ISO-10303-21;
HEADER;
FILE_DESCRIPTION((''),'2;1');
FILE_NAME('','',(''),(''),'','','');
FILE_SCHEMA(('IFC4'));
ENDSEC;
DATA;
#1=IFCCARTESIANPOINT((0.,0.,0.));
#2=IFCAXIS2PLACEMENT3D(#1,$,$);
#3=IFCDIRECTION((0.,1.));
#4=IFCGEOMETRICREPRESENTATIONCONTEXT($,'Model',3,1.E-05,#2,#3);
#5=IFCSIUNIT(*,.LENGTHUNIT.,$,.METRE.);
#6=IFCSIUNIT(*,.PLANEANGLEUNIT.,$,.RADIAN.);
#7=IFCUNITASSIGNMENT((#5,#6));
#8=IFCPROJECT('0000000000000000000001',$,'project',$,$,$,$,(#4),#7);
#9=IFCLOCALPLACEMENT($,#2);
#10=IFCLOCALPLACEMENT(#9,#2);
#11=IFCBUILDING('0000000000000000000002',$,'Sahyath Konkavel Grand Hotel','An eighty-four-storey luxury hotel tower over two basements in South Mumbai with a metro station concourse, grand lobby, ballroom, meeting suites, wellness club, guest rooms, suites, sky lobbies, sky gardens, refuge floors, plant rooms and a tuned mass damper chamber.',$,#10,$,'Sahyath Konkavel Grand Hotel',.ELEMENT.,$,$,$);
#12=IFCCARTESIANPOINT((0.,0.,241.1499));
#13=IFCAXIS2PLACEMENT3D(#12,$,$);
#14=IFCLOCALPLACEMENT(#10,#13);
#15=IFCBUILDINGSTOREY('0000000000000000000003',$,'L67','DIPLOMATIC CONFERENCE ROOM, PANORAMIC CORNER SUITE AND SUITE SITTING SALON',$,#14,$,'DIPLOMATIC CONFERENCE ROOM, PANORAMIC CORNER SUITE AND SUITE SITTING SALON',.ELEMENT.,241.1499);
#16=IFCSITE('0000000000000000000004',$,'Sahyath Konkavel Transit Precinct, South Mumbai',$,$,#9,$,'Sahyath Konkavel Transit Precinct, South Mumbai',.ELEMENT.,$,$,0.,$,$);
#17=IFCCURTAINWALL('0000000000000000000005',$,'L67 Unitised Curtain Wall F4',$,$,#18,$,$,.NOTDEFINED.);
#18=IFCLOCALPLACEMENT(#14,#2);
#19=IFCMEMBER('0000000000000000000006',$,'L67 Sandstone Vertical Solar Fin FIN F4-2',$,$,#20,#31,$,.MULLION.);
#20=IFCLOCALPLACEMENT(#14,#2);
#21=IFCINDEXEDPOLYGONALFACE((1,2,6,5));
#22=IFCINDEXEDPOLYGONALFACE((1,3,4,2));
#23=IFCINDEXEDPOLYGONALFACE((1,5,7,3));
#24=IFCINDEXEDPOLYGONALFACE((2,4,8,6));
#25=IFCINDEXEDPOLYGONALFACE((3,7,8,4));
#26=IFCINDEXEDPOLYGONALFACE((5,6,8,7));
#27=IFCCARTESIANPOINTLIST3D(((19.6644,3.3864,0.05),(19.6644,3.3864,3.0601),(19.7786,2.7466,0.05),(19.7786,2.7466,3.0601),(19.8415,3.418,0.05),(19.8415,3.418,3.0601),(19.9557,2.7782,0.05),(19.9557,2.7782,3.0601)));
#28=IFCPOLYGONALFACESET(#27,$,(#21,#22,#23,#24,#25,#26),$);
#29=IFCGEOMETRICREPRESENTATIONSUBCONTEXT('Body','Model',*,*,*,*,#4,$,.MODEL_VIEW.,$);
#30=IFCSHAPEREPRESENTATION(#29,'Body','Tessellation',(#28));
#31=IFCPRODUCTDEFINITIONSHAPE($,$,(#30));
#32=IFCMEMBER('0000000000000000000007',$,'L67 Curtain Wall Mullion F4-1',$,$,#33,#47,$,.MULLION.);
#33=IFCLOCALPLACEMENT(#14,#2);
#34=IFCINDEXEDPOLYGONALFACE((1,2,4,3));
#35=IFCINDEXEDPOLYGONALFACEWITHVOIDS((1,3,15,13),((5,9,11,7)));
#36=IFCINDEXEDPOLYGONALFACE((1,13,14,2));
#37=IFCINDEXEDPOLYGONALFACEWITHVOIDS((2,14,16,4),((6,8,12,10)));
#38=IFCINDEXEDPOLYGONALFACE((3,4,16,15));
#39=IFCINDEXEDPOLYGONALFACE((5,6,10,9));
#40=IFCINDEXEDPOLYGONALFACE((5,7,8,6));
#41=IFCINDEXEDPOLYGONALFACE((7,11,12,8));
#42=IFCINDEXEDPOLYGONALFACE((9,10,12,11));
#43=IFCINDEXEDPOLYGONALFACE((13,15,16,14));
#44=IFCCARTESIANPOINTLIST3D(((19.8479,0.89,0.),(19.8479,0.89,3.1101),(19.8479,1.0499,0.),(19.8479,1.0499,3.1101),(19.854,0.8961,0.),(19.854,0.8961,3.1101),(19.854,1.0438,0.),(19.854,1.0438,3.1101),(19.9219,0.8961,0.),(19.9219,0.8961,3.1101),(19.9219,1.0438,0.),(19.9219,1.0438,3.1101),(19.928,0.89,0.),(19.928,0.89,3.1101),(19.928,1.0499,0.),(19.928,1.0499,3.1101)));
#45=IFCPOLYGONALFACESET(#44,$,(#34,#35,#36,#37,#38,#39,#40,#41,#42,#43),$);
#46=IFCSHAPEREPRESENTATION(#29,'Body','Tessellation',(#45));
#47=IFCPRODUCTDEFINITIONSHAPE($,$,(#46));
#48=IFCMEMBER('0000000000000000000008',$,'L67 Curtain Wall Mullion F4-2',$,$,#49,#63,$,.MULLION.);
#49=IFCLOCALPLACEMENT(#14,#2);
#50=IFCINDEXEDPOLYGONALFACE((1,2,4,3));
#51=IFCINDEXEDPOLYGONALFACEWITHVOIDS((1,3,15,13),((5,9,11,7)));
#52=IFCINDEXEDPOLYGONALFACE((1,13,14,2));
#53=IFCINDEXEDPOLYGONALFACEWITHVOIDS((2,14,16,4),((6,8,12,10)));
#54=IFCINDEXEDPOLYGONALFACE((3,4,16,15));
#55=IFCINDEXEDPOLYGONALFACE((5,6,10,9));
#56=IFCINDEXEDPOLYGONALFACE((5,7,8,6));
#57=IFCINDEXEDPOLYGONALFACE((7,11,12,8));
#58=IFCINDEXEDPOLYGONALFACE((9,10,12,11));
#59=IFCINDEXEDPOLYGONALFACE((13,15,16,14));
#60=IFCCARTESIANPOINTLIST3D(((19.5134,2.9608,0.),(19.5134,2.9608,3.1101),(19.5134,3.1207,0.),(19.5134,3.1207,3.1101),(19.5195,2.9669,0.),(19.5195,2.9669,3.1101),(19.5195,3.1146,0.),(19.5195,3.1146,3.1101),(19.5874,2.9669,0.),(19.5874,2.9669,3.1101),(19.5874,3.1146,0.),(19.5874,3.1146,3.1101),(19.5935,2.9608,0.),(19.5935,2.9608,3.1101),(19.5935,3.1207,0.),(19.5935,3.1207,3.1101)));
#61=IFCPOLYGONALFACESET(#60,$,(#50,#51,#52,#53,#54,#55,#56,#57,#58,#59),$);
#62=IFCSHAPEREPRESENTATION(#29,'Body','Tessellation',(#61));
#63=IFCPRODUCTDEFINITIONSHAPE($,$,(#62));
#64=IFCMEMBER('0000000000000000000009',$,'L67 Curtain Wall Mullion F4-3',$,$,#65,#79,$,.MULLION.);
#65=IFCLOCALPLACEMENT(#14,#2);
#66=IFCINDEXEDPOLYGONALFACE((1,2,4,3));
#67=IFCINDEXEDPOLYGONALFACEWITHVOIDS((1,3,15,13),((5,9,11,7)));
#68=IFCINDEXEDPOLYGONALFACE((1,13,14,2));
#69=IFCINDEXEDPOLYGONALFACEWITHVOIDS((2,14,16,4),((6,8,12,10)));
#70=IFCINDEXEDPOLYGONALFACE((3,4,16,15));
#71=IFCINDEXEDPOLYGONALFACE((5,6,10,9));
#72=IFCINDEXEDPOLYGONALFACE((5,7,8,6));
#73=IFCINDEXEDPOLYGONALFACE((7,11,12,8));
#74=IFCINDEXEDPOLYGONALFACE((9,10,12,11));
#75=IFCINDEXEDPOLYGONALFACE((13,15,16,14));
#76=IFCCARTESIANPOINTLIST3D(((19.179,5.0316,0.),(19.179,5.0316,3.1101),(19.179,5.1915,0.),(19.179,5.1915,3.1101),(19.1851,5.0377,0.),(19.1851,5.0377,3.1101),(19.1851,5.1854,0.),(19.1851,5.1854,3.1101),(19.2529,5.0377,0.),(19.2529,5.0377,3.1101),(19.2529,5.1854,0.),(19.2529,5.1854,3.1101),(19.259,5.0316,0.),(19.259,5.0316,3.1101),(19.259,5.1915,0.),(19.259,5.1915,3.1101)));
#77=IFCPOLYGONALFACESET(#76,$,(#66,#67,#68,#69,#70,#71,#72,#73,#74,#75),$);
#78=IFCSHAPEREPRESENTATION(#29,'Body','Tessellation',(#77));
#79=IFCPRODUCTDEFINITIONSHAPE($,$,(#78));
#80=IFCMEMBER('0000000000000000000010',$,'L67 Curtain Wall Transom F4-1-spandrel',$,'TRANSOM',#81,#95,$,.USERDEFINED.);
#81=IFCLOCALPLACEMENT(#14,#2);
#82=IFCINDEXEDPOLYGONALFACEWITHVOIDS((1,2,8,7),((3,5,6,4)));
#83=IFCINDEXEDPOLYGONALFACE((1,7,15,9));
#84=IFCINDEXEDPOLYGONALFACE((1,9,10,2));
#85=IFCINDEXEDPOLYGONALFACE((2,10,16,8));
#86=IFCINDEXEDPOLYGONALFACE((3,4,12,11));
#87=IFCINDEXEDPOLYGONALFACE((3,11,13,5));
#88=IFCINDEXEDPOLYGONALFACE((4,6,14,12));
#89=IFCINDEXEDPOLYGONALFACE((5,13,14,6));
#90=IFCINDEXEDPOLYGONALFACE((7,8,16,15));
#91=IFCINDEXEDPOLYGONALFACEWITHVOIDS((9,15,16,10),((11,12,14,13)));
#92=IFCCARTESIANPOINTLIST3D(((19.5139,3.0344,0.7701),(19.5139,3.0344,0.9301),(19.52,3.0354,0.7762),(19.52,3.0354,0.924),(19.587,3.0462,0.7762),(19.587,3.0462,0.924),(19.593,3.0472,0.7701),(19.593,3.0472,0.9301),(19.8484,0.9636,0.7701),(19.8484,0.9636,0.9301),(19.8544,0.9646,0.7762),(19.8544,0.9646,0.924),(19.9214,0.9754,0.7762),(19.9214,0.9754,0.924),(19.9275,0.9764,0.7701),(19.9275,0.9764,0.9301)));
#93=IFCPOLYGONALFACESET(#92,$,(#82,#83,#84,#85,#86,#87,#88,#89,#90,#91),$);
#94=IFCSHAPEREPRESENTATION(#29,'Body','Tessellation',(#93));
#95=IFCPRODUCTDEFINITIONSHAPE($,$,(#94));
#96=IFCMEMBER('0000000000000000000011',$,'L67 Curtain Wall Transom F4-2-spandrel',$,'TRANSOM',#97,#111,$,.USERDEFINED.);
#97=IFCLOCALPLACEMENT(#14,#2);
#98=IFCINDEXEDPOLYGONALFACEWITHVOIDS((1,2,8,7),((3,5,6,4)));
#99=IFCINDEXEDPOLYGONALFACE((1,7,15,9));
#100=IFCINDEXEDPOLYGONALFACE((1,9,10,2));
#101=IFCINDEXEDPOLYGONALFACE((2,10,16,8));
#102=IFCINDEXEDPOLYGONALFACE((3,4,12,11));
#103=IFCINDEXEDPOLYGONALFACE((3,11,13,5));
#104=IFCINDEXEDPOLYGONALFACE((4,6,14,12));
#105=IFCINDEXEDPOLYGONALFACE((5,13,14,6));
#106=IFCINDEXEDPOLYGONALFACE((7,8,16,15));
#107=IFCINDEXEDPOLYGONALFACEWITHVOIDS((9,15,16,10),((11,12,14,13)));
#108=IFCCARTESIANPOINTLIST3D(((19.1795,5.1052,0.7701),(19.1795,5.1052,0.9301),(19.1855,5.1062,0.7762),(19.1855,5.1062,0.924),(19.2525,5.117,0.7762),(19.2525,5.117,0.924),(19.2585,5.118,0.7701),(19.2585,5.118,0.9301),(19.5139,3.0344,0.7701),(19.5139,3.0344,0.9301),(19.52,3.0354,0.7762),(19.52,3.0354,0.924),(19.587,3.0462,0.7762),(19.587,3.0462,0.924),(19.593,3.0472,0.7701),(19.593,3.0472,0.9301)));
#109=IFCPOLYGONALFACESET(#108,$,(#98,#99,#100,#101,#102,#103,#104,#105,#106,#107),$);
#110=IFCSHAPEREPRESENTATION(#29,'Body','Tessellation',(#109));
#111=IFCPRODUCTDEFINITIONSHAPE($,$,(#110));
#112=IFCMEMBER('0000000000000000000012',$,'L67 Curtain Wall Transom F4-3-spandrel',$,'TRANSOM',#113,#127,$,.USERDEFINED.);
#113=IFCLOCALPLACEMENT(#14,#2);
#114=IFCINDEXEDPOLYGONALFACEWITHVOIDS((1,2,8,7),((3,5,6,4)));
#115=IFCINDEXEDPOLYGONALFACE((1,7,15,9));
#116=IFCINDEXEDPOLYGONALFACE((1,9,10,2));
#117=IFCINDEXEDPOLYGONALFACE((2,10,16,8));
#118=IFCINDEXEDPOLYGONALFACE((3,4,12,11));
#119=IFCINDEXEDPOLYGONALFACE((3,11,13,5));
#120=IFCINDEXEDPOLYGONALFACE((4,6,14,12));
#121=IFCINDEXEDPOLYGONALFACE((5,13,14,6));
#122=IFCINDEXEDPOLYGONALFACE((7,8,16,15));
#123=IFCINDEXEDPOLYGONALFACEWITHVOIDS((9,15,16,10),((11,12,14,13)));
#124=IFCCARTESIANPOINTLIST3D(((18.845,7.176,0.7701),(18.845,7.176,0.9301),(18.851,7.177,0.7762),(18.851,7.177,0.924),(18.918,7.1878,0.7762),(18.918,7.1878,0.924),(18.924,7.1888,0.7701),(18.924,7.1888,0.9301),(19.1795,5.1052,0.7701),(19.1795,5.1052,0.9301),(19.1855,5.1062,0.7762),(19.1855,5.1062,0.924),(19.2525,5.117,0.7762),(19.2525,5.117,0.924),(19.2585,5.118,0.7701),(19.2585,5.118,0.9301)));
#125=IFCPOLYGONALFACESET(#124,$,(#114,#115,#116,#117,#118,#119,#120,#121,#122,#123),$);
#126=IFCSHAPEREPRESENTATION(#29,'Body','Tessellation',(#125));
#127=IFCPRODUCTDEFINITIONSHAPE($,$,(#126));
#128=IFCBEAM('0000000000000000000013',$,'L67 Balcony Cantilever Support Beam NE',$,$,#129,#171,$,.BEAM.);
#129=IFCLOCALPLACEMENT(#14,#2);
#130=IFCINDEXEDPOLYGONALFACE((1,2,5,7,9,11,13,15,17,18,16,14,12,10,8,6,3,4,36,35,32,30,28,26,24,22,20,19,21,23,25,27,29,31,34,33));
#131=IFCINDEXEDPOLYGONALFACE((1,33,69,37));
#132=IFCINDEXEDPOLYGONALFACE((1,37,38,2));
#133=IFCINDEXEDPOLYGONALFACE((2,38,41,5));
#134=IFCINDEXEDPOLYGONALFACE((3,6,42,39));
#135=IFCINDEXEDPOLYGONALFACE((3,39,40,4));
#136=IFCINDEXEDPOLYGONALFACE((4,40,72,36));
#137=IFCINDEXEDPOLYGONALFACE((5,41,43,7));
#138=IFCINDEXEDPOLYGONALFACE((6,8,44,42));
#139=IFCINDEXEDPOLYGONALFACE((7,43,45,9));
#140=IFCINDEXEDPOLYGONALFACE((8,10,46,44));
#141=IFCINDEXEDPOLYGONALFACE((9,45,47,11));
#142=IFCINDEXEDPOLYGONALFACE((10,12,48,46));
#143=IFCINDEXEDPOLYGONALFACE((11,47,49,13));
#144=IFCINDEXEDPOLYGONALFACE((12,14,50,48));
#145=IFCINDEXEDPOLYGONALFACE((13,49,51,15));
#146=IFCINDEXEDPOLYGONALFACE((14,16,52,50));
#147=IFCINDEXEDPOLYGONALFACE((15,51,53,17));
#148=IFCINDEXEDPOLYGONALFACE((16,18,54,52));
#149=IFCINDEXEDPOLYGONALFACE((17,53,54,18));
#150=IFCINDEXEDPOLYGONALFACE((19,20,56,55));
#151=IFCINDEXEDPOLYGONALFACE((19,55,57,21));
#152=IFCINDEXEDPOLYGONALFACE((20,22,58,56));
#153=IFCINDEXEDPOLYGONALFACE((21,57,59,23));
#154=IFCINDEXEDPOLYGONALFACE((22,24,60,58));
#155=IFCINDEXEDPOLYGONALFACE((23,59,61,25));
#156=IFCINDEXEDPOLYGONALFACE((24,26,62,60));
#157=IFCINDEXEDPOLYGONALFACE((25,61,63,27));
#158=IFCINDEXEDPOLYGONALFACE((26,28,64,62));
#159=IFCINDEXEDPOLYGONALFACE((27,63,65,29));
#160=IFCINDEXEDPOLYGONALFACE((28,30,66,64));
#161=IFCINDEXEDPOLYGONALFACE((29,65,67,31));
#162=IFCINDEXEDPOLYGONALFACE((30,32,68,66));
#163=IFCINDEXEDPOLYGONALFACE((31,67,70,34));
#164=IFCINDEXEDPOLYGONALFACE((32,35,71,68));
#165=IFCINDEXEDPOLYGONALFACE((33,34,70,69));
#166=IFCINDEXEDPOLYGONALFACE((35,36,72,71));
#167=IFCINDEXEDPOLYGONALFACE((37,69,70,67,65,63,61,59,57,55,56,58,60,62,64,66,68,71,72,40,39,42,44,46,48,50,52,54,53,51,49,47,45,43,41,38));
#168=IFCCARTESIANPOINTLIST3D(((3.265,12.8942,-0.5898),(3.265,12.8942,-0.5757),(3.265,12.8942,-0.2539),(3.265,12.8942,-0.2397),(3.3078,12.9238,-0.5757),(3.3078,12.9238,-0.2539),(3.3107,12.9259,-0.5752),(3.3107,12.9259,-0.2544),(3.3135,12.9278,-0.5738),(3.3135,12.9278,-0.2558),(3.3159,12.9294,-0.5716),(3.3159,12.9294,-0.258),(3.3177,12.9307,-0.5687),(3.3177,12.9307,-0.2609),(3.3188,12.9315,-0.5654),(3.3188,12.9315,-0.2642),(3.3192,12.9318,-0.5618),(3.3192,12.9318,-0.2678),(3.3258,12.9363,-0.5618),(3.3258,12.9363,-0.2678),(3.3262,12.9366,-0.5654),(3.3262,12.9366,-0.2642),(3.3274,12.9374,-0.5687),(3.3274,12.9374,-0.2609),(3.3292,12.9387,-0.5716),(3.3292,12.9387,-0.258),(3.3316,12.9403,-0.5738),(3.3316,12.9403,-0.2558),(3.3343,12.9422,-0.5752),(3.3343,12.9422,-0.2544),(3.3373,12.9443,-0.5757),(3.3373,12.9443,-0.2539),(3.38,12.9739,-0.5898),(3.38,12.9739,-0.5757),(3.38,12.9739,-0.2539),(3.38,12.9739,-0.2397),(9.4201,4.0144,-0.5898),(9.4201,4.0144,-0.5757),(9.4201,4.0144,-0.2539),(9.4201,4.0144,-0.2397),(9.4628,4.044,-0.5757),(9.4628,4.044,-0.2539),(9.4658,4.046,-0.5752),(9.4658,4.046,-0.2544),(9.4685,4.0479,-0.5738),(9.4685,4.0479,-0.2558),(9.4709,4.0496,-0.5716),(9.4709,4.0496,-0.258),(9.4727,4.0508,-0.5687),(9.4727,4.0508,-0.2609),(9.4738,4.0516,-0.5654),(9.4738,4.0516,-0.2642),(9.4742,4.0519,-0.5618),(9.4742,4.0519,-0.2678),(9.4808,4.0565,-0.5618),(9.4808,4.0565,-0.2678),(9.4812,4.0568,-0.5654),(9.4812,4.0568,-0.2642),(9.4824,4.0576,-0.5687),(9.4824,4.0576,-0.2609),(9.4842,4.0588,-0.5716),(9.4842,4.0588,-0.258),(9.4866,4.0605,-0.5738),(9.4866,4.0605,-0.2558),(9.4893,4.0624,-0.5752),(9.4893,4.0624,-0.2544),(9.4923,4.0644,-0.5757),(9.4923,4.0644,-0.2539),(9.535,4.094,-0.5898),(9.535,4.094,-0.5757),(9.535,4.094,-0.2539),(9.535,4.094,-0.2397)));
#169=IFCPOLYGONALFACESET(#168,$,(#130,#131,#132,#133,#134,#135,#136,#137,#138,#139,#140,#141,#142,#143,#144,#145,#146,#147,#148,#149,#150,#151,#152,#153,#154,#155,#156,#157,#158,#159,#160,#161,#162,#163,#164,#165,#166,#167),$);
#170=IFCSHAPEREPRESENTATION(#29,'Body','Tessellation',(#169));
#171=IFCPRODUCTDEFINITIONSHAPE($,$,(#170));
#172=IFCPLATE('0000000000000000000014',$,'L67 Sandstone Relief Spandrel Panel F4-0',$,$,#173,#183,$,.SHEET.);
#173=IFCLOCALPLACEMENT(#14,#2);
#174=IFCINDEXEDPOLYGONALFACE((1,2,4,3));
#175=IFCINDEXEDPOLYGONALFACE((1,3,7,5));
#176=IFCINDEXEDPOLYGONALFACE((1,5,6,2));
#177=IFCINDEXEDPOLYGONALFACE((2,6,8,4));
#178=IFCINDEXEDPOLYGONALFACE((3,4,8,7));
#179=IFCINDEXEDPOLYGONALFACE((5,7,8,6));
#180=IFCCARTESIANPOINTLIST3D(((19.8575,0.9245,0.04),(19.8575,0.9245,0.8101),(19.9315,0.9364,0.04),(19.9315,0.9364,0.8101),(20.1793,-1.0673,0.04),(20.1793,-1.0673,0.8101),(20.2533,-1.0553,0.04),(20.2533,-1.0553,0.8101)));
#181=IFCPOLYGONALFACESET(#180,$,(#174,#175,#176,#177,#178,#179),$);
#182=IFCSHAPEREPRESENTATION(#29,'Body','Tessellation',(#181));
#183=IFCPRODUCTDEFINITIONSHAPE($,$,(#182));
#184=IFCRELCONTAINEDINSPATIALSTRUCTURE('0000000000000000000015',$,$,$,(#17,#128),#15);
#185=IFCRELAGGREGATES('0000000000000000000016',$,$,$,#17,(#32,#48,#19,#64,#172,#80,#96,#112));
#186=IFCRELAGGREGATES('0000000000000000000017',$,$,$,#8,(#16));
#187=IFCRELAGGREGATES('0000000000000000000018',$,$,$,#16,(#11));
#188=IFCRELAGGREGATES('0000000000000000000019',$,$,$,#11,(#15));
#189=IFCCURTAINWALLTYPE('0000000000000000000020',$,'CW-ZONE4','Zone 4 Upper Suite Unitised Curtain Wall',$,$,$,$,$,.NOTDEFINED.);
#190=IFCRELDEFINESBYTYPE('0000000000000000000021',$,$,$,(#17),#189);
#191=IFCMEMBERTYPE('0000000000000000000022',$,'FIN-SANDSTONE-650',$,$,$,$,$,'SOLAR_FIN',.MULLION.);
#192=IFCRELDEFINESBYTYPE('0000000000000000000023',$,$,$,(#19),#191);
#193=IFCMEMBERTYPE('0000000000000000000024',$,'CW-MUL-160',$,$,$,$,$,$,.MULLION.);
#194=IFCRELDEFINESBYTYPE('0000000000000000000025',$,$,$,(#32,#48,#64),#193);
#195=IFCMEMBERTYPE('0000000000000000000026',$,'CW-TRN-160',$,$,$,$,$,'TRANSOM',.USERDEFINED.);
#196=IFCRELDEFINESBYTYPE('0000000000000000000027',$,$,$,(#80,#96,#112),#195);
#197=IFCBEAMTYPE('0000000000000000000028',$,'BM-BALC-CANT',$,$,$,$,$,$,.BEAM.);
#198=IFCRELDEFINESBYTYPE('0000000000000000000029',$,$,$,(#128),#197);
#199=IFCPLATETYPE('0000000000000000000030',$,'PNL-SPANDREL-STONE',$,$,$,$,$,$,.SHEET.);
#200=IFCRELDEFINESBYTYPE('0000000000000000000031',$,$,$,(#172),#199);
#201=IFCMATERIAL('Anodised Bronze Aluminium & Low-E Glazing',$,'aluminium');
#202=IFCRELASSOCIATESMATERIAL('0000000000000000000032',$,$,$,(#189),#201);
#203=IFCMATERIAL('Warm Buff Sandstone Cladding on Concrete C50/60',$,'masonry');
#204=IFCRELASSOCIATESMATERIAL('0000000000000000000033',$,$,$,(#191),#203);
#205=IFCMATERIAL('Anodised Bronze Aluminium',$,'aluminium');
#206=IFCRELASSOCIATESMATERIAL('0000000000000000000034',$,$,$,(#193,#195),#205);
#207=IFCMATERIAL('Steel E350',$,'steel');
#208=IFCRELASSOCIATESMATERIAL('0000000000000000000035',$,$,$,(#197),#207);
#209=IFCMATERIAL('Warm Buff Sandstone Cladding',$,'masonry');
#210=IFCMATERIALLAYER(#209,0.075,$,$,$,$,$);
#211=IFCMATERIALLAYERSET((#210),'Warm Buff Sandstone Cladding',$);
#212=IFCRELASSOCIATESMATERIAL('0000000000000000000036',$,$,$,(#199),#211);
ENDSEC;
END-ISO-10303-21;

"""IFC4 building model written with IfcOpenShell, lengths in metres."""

from ifc_helpers import new_model, si_unit, direction, frame, origin, origin_2d, place, context, subcontext, project, spatial, rectangle, hollow_rectangle, i_section, extrude, source, transform, mapped, material, layer, layer_set, material_profile, profile_set, type_object, element, aggregate, save


model = new_model("IFC4")

# Units and contexts
model_context = context("Model", 3, precision=1e-05, world=origin(), true_north=direction((0.0, 1.0)))
body_context = subcontext(model_context, "Body", "Model", "MODEL_VIEW")
ifc_project = project(units=[si_unit("LENGTHUNIT", "METRE"), si_unit("PLANEANGLEUNIT", "RADIAN")], contexts=[model_context])

# Site, building, storey
site_placement = place(None, origin())
site = spatial("IfcSite", under=ifc_project, at=site_placement, Name="Sahyath Konkavel Transit Precinct, South Mumbai", LongName="Sahyath Konkavel Transit Precinct, South Mumbai", CompositionType="ELEMENT", RefElevation=0.0)
building_placement = place(site_placement, origin())
building = spatial("IfcBuilding", under=site, at=building_placement, Name="Sahyath Konkavel Grand Hotel", Description="An eighty-four-storey luxury hotel tower over two basements in South Mumbai with a metro station concourse, grand lobby, ballroom, meeting suites, wellness club, guest rooms, suites, sky lobbies, sky gardens, refuge floors, plant rooms and a tuned mass damper chamber.", LongName="Sahyath Konkavel Grand Hotel", CompositionType="ELEMENT")
storey_placement = place(building_placement, frame((0.0, 0.0, 241.1499)))
storey = spatial("IfcBuildingStorey", under=building, at=storey_placement, Name="L67", Description="DIPLOMATIC CONFERENCE ROOM, PANORAMIC CORNER SUITE AND SUITE SITTING SALON", LongName="DIPLOMATIC CONFERENCE ROOM, PANORAMIC CORNER SUITE AND SUITE SITTING SALON", CompositionType="ELEMENT", Elevation=241.1499)

# Curtain wall, members
ifc_material_1 = material(Name="Anodised Bronze Aluminium & Low-E Glazing", Category="aluminium")
curtain_wall_type = type_object("IfcCurtainWallType", Name="CW-ZONE4", Description="Zone 4 Upper Suite Unitised Curtain Wall", PredefinedType="NOTDEFINED", material=ifc_material_1)
curtain_wall_1_placement = place(storey_placement, origin())
curtain_wall_1 = element("IfcCurtainWall", 1, at=curtain_wall_1_placement, inside=storey, type_object=curtain_wall_type, Name="L67 Unitised Curtain Wall F4", PredefinedType="NOTDEFINED")
ifc_material_2 = material(Name="Warm Buff Sandstone Cladding on Concrete C50/60", Category="masonry")
ifc_material_profile_1 = material_profile(ifc_material_2, rectangle(XDim=0.1799, YDim=0.6499, at=origin_2d()), Name="FIN 180x650")
ifc_profile_set_1 = profile_set([ifc_material_profile_1], Name="Warm Buff Sandstone Cladding on Concrete C50/60")
member_type_1 = type_object("IfcMemberType", Name="FIN-SANDSTONE-650", ElementType="SOLAR_FIN", PredefinedType="MULLION", material=ifc_profile_set_1)
shared_shape_1 = source(origin(), body_context, "Body", "SweptSolid", [
    extrude(rectangle(XDim=0.1799, YDim=0.6499, at=origin_2d()), origin(), (0.0, 0.0, 1.0), 3.01),
])
member_1_placement = place(storey_placement, frame((19.8101, 3.0823, 0.05), z_axis=(0.0, 0.0, 1.0), x_axis=(0.984442, 0.17571, 0.0)))
member_1 = element("IfcMember", 2, at=member_1_placement, type_object=member_type_1, Name="L67 Sandstone Vertical Solar Fin FIN F4-2", PredefinedType="MULLION", context=body_context, shape_type="MappedRepresentation", body=[
    mapped(shared_shape_1, transform((0.0, 0.0, 0.0), scale=1.0)),
])
ifc_material_3 = material(Name="Anodised Bronze Aluminium", Category="aluminium")
ifc_material_profile_2 = material_profile(ifc_material_3, hollow_rectangle(XDim=0.0801, YDim=0.1599, WallThickness=0.0061, at=origin_2d()), Name="RHS 160x80x6")
ifc_profile_set_2 = profile_set([ifc_material_profile_2], Name="Anodised Bronze Aluminium")
member_type_2 = type_object("IfcMemberType", Name="CW-MUL-160", PredefinedType="MULLION", material=ifc_profile_set_2)
shared_shape_2 = source(origin(), body_context, "Body", "SweptSolid", [
    extrude(hollow_rectangle(XDim=0.0801, YDim=0.1599, WallThickness=0.0061, at=origin_2d()), origin(), (0.0, 0.0, 1.0), 3.1101),
])
member_2_placement = place(storey_placement, frame((19.8879, 0.97, 0.0), z_axis=(0.0, 0.0, 1.0), x_axis=(1.0, 0.0, 0.0)))
member_2 = element("IfcMember", 3, at=member_2_placement, type_object=member_type_2, Name="L67 Curtain Wall Mullion F4-1", PredefinedType="MULLION", context=body_context, shape_type="MappedRepresentation", body=[
    mapped(shared_shape_2, transform((0.0, 0.0, 0.0), scale=1.0)),
])
member_3_placement = place(storey_placement, frame((19.5535, 3.0408, 0.0), z_axis=(0.0, 0.0, 1.0), x_axis=(1.0, 0.0, 0.0)))
member_3 = element("IfcMember", 4, at=member_3_placement, type_object=member_type_2, Name="L67 Curtain Wall Mullion F4-2", PredefinedType="MULLION", context=body_context, shape_type="MappedRepresentation", body=[
    mapped(shared_shape_2, transform((0.0, 0.0, 0.0), scale=1.0)),
])
member_4_placement = place(storey_placement, frame((19.219, 5.1116, 0.0), z_axis=(0.0, 0.0, 1.0), x_axis=(1.0, 0.0, 0.0)))
member_4 = element("IfcMember", 5, at=member_4_placement, type_object=member_type_2, Name="L67 Curtain Wall Mullion F4-3", PredefinedType="MULLION", context=body_context, shape_type="MappedRepresentation", body=[
    mapped(shared_shape_2, transform((0.0, 0.0, 0.0), scale=1.0)),
])
ifc_material_profile_3 = material_profile(ifc_material_3, hollow_rectangle(XDim=0.0801, YDim=0.1599, WallThickness=0.0061, at=origin_2d()), Name="RHS 160x80x6")
ifc_profile_set_3 = profile_set([ifc_material_profile_3], Name="Anodised Bronze Aluminium")
member_type_3 = type_object("IfcMemberType", Name="CW-TRN-160", ElementType="TRANSOM", PredefinedType="USERDEFINED", material=ifc_profile_set_3)
shared_shape_3 = source(origin(), body_context, "Body", "SweptSolid", [
    extrude(hollow_rectangle(XDim=0.0801, YDim=0.1599, WallThickness=0.0061, at=origin_2d()), origin(), (0.0, 0.0, 1.0), 2.0977),
])
member_5_placement = place(storey_placement, frame((19.8879, 0.97, 0.8501), z_axis=(-0.159452, 0.987206, 0.0), x_axis=(-0.987206, -0.159452, 0.0)))
member_5 = element("IfcMember", 6, at=member_5_placement, type_object=member_type_3, Name="L67 Curtain Wall Transom F4-1-spandrel", ObjectType="TRANSOM", PredefinedType="USERDEFINED", context=body_context, shape_type="MappedRepresentation", body=[
    mapped(shared_shape_3, transform((0.0, 0.0, 0.0), scale=1.0)),
])
member_6_placement = place(storey_placement, frame((19.5535, 3.0408, 0.8501), z_axis=(-0.159452, 0.987206, 0.0), x_axis=(-0.987206, -0.159452, 0.0)))
member_6 = element("IfcMember", 7, at=member_6_placement, type_object=member_type_3, Name="L67 Curtain Wall Transom F4-2-spandrel", ObjectType="TRANSOM", PredefinedType="USERDEFINED", context=body_context, shape_type="MappedRepresentation", body=[
    mapped(shared_shape_3, transform((0.0, 0.0, 0.0), scale=1.0)),
])
member_7_placement = place(storey_placement, frame((19.219, 5.1116, 0.8501), z_axis=(-0.159452, 0.987206, 0.0), x_axis=(-0.987206, -0.159452, 0.0)))
member_7 = element("IfcMember", 8, at=member_7_placement, type_object=member_type_3, Name="L67 Curtain Wall Transom F4-3-spandrel", ObjectType="TRANSOM", PredefinedType="USERDEFINED", context=body_context, shape_type="MappedRepresentation", body=[
    mapped(shared_shape_3, transform((0.0, 0.0, 0.0), scale=1.0)),
])

# Beam
ifc_material_4 = material(Name="Steel E350", Category="steel")
ifc_material_profile_4 = material_profile(ifc_material_4, i_section(OverallWidth=0.1399, OverallDepth=0.3501, WebThickness=0.0081, FlangeThickness=0.0142, FilletRadius=0.0139, at=origin_2d()), Name="ISMB 350")
ifc_profile_set_4 = profile_set([ifc_material_profile_4], Name="Steel E350")
beam_type = type_object("IfcBeamType", Name="BM-BALC-CANT", PredefinedType="BEAM", material=ifc_profile_set_4)
shared_shape_4 = source(origin(), body_context, "Body", "SweptSolid", [
    extrude(i_section(OverallWidth=0.1399, OverallDepth=0.3501, WebThickness=0.0081, FlangeThickness=0.0142, FilletRadius=0.0139, at=origin_2d()), origin(), (0.0, 0.0, 1.0), 10.8044),
])
beam_placement = place(storey_placement, frame((9.4775, 4.0542, -0.4148), z_axis=(-0.569674, 0.821871, 0.0), x_axis=(-0.821871, -0.569674, 0.0)))
element("IfcBeam", 9, at=beam_placement, inside=storey, type_object=beam_type, Name="L67 Balcony Cantilever Support Beam NE", PredefinedType="BEAM", context=body_context, shape_type="MappedRepresentation", body=[
    mapped(shared_shape_4, transform((0.0, 0.0, 0.0), scale=1.0)),
])

# Plate
ifc_material_5 = material(Name="Warm Buff Sandstone Cladding", Category="masonry")
ifc_layer_1 = layer(ifc_material_5, 0.075)
ifc_layer_set_1 = layer_set([ifc_layer_1], Name="Warm Buff Sandstone Cladding")
plate_type_1 = type_object("IfcPlateType", Name="PNL-SPANDREL-STONE", PredefinedType="SHEET", material=ifc_layer_set_1)
shared_shape_5 = source(origin(), body_context, "Body", "SweptSolid", [
    extrude(rectangle(XDim=2.0176, YDim=0.075, at=origin_2d()), origin(), (0.0, 0.0, 1.0), 0.77),
])
plate_1_placement = place(storey_placement, frame((20.0554, -0.0654, 0.04), z_axis=(0.0, 0.0, 1.0), x_axis=(-0.159485, 0.9872, 0.0)))
plate_1 = element("IfcPlate", 10, at=plate_1_placement, type_object=plate_type_1, Name="L67 Sandstone Relief Spandrel Panel F4-0", PredefinedType="SHEET", context=body_context, shape_type="MappedRepresentation", body=[
    mapped(shared_shape_5, transform((0.0, 0.0, 0.0), scale=1.0)),
])
aggregate(curtain_wall_1, [member_2, member_3, member_1, member_4, plate_1, member_5, member_6, member_7])

save(model, "model.ifc")
